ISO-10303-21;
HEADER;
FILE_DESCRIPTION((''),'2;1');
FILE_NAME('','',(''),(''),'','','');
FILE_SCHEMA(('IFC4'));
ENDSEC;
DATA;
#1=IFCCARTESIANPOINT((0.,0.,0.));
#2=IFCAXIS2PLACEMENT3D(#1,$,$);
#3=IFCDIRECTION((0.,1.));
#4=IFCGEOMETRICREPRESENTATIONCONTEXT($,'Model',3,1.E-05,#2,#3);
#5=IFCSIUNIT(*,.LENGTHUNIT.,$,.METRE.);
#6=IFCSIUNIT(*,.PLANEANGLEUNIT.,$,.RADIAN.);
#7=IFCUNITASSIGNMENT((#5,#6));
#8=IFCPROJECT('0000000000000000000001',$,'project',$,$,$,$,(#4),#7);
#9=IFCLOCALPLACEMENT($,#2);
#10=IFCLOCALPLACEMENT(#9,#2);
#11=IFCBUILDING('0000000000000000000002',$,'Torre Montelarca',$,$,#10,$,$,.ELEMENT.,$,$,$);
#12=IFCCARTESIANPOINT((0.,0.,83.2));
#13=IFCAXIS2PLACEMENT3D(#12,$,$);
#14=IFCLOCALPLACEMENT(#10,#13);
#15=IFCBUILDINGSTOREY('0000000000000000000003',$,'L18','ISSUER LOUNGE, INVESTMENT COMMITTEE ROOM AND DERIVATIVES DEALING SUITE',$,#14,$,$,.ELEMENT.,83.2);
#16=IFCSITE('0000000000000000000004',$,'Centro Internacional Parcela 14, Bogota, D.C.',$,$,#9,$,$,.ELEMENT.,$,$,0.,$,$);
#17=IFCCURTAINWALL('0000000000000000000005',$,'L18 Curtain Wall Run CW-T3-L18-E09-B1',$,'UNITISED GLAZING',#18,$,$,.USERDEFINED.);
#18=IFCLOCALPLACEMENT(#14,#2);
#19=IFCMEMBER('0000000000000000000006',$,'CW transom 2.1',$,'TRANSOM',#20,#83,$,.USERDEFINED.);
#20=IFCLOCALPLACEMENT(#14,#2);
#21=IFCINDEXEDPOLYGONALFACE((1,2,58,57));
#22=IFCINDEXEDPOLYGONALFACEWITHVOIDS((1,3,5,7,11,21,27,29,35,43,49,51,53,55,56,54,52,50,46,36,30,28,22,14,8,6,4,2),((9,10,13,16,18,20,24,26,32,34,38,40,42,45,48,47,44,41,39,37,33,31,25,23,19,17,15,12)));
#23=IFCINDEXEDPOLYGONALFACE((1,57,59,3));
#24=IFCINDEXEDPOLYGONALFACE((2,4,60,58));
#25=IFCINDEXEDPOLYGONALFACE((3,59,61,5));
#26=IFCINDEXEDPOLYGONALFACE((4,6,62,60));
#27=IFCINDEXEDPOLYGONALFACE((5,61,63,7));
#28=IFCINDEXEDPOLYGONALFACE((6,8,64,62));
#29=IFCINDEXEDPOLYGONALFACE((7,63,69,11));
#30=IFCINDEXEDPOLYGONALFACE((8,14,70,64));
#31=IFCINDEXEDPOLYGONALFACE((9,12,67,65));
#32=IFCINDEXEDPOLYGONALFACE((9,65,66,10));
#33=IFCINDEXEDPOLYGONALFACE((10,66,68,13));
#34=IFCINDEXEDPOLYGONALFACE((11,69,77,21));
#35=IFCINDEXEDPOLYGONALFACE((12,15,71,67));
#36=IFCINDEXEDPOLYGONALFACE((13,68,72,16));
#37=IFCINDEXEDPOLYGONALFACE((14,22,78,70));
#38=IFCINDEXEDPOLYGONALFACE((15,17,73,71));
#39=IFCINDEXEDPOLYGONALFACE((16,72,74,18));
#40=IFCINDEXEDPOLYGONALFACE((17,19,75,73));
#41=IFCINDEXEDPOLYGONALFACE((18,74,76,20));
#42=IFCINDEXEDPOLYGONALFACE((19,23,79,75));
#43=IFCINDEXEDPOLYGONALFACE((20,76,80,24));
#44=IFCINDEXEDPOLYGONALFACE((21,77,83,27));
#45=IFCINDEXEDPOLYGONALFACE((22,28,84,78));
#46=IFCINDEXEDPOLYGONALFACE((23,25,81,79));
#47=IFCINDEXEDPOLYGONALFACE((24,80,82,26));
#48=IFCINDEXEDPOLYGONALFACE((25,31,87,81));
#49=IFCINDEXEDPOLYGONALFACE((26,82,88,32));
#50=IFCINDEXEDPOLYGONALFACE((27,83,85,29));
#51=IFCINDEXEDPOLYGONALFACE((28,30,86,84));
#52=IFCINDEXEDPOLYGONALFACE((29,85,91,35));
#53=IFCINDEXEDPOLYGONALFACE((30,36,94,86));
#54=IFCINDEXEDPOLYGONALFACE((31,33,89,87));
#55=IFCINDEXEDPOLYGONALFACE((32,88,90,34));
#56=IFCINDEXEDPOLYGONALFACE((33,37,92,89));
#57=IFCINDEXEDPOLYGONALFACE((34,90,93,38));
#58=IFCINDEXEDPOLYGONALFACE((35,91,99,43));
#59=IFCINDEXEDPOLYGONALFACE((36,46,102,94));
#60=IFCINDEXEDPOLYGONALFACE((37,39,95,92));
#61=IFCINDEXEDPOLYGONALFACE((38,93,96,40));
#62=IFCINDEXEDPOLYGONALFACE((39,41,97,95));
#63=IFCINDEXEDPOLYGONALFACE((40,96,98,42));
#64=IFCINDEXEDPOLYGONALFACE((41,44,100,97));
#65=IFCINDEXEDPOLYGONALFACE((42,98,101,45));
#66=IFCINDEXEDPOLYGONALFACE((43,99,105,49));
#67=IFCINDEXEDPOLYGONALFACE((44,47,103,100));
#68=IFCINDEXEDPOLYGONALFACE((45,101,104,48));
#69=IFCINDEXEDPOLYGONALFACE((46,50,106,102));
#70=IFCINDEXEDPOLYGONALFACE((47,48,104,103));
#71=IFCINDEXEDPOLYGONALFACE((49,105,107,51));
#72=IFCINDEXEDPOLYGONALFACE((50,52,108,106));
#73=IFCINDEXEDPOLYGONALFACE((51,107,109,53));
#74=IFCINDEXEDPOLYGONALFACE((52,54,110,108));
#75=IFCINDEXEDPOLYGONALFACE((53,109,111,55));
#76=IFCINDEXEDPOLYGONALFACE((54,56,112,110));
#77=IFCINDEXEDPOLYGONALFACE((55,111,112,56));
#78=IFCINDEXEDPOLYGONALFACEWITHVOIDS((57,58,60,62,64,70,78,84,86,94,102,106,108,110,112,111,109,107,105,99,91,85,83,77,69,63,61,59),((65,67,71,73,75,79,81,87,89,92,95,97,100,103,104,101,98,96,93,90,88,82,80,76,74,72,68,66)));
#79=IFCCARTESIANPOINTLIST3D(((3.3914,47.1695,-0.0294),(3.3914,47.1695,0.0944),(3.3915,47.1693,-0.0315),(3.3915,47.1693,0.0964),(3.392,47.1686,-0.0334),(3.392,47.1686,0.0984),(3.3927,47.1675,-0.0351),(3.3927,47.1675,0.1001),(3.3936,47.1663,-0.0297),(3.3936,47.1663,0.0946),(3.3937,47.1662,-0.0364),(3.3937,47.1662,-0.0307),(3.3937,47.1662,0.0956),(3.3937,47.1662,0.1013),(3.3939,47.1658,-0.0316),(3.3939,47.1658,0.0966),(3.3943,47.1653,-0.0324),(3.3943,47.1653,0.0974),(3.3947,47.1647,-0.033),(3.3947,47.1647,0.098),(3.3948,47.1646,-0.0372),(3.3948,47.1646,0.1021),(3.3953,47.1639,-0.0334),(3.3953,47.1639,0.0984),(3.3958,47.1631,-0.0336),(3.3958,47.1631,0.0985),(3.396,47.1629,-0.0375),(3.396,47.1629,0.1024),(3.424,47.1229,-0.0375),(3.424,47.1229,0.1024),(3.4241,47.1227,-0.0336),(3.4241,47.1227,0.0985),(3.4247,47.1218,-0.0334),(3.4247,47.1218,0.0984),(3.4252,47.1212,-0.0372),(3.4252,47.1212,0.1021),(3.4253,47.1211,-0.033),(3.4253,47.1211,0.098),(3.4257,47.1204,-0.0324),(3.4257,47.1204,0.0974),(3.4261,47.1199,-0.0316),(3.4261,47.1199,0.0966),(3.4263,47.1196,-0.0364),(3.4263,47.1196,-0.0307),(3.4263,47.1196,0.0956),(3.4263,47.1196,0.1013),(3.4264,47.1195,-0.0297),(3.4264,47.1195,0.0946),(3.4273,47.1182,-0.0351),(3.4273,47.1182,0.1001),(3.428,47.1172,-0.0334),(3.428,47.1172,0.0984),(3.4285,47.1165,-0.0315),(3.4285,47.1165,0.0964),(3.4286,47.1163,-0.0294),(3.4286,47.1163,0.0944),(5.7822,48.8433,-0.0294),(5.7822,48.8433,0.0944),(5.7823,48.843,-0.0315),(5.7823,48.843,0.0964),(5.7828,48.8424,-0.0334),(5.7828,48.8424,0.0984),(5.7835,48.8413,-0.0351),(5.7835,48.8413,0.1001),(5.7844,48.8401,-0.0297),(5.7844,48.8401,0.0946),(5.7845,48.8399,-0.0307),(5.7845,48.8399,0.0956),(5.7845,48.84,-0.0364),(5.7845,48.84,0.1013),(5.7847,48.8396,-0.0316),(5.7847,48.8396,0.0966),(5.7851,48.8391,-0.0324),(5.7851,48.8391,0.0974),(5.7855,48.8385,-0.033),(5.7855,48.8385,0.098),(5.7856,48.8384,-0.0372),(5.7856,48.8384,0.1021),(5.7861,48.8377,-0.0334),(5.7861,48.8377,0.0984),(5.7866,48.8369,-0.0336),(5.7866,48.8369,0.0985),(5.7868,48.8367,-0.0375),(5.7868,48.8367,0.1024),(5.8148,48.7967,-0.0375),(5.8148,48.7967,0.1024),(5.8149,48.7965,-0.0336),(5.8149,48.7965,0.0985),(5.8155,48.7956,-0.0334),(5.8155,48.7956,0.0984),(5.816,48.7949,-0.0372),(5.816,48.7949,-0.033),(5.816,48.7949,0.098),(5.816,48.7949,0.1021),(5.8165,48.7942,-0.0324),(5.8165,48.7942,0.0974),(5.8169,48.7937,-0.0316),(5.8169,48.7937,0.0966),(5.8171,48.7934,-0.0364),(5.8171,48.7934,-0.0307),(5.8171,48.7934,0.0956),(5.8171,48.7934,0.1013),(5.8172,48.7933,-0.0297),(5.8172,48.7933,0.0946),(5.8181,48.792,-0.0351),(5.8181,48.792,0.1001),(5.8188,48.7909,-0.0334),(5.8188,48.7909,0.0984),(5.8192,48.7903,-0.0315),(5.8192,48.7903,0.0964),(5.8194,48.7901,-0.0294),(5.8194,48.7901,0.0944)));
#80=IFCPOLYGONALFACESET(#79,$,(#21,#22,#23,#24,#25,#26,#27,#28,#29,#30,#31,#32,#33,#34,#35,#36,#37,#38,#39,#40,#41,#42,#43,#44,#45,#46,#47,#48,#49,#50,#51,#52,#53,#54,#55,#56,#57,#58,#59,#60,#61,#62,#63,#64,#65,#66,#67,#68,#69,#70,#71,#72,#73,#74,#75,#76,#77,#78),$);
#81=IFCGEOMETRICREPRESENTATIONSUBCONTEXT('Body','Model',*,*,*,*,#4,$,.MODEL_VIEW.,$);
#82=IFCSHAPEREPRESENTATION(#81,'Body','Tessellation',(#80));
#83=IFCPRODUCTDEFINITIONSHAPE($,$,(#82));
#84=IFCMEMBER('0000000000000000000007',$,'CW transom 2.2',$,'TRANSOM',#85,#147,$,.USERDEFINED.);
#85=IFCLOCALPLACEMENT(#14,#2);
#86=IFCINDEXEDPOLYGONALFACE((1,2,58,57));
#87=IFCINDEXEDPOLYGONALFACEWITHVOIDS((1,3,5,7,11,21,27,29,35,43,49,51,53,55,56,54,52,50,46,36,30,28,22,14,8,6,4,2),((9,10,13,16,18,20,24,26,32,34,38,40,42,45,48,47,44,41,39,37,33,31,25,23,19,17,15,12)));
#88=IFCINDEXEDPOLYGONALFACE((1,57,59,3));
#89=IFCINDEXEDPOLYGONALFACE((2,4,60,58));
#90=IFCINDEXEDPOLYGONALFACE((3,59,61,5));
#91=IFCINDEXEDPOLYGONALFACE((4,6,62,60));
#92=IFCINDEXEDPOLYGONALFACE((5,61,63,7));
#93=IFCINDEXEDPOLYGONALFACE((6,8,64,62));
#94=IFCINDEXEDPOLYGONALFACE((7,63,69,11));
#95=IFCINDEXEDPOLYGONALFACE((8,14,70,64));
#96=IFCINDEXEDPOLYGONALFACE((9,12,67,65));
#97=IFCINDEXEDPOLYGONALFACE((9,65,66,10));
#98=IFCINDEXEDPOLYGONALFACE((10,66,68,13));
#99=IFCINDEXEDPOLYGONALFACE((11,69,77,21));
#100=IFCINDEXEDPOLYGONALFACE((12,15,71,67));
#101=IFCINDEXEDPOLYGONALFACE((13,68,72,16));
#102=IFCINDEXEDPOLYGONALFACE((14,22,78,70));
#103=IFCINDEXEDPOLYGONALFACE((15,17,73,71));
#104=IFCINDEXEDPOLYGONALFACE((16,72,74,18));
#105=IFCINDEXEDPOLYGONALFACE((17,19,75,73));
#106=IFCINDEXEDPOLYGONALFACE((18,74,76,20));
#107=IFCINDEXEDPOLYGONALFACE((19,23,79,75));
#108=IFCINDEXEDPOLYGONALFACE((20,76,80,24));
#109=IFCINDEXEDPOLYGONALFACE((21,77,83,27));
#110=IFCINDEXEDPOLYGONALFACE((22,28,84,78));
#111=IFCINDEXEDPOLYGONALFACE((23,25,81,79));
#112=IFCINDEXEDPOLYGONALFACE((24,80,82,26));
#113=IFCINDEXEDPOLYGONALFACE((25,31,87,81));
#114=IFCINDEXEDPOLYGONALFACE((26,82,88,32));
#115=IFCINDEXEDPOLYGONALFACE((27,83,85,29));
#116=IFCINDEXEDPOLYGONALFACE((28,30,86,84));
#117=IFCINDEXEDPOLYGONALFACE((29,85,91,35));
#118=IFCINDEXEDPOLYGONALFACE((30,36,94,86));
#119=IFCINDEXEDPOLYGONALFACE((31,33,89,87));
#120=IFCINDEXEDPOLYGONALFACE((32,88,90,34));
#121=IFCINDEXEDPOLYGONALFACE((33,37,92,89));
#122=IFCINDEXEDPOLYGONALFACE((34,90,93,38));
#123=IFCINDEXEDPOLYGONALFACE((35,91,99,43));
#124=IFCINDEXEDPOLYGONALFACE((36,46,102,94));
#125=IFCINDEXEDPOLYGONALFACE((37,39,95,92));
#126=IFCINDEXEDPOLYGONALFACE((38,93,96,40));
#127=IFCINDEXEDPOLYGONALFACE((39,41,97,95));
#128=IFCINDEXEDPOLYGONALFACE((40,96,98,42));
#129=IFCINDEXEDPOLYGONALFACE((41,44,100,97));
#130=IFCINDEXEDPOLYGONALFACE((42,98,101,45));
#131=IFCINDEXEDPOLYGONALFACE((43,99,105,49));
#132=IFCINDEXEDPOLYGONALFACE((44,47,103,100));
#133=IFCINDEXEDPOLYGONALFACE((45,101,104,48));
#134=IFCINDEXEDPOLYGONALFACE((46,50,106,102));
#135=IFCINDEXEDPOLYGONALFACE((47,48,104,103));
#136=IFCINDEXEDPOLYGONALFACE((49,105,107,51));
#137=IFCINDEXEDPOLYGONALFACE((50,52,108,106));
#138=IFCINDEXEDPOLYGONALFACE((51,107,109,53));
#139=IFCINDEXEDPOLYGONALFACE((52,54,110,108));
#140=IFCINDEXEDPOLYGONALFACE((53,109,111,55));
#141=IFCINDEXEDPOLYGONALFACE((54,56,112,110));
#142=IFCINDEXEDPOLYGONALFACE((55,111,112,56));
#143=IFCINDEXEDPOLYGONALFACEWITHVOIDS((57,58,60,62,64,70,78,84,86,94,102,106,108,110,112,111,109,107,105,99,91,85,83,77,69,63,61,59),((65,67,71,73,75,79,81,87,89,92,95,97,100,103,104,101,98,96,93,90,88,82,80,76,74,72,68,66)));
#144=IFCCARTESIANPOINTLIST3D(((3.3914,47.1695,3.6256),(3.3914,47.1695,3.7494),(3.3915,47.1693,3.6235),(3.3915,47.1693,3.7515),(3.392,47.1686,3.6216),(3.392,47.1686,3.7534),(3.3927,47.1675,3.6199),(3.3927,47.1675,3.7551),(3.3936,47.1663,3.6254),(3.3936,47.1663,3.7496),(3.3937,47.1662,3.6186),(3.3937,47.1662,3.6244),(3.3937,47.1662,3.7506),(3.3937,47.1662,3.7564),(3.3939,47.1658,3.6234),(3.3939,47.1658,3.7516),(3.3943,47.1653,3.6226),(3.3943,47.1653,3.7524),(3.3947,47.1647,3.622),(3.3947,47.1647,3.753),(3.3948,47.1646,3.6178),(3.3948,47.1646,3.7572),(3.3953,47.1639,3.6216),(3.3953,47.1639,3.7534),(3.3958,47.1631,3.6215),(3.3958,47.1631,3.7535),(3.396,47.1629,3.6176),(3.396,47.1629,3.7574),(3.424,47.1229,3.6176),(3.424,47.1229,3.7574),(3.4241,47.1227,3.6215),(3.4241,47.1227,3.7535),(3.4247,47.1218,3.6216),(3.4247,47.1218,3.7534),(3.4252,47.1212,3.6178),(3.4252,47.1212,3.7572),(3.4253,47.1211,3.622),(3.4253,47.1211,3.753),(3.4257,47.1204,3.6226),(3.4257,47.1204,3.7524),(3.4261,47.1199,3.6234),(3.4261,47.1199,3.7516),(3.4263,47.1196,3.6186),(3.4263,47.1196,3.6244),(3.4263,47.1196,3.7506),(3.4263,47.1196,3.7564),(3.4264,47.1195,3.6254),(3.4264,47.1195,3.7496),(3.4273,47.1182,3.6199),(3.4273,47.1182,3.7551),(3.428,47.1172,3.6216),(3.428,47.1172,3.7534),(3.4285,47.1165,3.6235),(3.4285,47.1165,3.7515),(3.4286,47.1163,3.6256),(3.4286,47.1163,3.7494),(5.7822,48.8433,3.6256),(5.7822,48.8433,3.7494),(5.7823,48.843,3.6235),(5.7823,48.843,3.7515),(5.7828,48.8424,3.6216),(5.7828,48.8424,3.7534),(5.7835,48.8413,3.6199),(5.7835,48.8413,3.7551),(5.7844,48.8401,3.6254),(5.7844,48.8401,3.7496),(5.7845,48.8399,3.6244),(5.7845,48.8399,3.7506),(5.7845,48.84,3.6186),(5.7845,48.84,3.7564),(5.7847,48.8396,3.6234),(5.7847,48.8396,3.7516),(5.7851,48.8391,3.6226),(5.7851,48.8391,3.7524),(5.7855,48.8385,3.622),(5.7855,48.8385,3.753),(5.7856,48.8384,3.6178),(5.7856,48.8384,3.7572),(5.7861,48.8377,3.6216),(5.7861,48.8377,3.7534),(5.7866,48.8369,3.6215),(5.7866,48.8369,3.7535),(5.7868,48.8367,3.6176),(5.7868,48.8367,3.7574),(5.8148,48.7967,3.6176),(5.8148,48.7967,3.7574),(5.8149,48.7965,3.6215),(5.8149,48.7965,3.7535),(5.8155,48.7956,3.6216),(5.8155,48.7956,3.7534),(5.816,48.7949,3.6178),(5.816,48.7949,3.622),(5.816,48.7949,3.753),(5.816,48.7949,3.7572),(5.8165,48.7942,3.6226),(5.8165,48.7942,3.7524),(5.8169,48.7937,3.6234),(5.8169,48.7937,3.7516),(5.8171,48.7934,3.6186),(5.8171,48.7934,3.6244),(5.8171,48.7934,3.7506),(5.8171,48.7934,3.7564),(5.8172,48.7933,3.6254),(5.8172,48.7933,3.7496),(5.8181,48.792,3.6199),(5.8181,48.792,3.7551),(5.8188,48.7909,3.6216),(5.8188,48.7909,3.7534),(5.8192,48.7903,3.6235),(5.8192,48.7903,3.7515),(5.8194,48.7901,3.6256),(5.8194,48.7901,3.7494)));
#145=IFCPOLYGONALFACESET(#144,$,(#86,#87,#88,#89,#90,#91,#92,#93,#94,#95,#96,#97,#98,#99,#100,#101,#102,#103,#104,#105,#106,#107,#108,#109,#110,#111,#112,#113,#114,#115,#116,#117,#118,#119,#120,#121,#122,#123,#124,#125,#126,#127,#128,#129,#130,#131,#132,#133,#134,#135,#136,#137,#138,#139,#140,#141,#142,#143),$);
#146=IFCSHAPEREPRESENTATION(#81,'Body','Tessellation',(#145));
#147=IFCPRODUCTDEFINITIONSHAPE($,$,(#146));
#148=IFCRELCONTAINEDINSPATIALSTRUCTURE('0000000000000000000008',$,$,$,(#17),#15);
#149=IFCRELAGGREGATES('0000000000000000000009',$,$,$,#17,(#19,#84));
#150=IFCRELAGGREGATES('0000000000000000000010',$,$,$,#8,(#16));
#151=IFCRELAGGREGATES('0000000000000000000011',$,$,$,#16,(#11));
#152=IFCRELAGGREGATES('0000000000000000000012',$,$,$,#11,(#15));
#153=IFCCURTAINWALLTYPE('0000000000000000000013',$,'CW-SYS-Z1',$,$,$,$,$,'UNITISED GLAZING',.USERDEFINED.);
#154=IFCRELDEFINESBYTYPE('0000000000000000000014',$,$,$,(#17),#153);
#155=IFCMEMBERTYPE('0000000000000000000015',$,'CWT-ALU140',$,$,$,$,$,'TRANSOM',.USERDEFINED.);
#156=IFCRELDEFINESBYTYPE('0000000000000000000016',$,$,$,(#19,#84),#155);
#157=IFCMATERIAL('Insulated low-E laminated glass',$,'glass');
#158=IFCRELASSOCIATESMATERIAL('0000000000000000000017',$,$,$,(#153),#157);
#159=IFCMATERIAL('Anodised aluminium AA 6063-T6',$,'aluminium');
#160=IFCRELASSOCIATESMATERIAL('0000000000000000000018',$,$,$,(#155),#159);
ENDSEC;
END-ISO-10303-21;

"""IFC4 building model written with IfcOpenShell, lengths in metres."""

from ifc_helpers import new_model, si_unit, direction, frame, origin, origin_2d, place, context, subcontext, project, spatial, hollow_rectangle, extrude, source, transform, mapped, material, material_profile, profile_set, type_object, element, aggregate, save


model = new_model("IFC4")

# Units and contexts
model_context = context("Model", 3, precision=1e-05, world=origin(), true_north=direction((0.0, 1.0)))
body_context = subcontext(model_context, "Body", "Model", "MODEL_VIEW")
ifc_project = project(units=[si_unit("LENGTHUNIT", "METRE"), si_unit("PLANEANGLEUNIT", "RADIAN")], contexts=[model_context])

# Site, building, storey
site_placement = place(None, origin())
site = spatial("IfcSite", under=ifc_project, at=site_placement, Name="Centro Internacional Parcela 14, Bogota, D.C.", CompositionType="ELEMENT", RefElevation=0.0)
building_placement = place(site_placement, origin())
building = spatial("IfcBuilding", under=site, at=building_placement, Name="Torre Montelarca", CompositionType="ELEMENT")
storey_placement = place(building_placement, frame((0.0, 0.0, 83.2)))
storey = spatial("IfcBuildingStorey", under=building, at=storey_placement, Name="L18", Description="ISSUER LOUNGE, INVESTMENT COMMITTEE ROOM AND DERIVATIVES DEALING SUITE", CompositionType="ELEMENT", Elevation=83.2)

# Curtain wall, members
ifc_material_1 = material(Name="Insulated low-E laminated glass", Category="glass")
curtain_wall_type = type_object("IfcCurtainWallType", Name="CW-SYS-Z1", ElementType="UNITISED GLAZING", PredefinedType="USERDEFINED", material=ifc_material_1)
curtain_wall_1_placement = place(storey_placement, origin())
curtain_wall_1 = element("IfcCurtainWall", 1, at=curtain_wall_1_placement, inside=storey, type_object=curtain_wall_type, Name="L18 Curtain Wall Run CW-T3-L18-E09-B1", ObjectType="UNITISED GLAZING", PredefinedType="USERDEFINED")
ifc_material_2 = material(Name="Anodised aluminium AA 6063-T6", Category="aluminium")
ifc_material_profile_1 = material_profile(ifc_material_2, hollow_rectangle(XDim=0.0649, YDim=0.1399, WallThickness=0.0039, InnerFilletRadius=0.0039, OuterFilletRadius=0.0081, at=origin_2d()), Name="ALU65X140X4", Category="aluminium")
ifc_profile_set_1 = profile_set([ifc_material_profile_1], Name="Anodised aluminium AA 6063-T6")
member_type_1 = type_object("IfcMemberType", Name="CWT-ALU140", ElementType="TRANSOM", PredefinedType="USERDEFINED", material=ifc_profile_set_1)
shared_shape_1 = source(origin(), body_context, "Body", "SweptSolid", [
    extrude(hollow_rectangle(XDim=0.0649, YDim=0.1399, WallThickness=0.0039, InnerFilletRadius=0.0039, OuterFilletRadius=0.0081, at=origin_2d()), origin(), (0.0, 0.0, 1.0), 2.9185),
])
member_1_placement = place(storey_placement, frame((5.8008, 48.8167, 0.0325), z_axis=(-0.819197, -0.573513, 0.0), x_axis=(0.573513, -0.819197, 0.0)))
member_1 = element("IfcMember", 2, at=member_1_placement, type_object=member_type_1, Name="CW transom 2.1", ObjectType="TRANSOM", PredefinedType="USERDEFINED", context=body_context, shape_type="MappedRepresentation", body=[
    mapped(shared_shape_1, transform((0.0, 0.0, 0.0), scale=1.0)),
])
member_2_placement = place(storey_placement, frame((5.8008, 48.8167, 3.6875), z_axis=(-0.819197, -0.573513, 0.0), x_axis=(0.573513, -0.819197, 0.0)))
member_2 = element("IfcMember", 3, at=member_2_placement, type_object=member_type_1, Name="CW transom 2.2", ObjectType="TRANSOM", PredefinedType="USERDEFINED", context=body_context, shape_type="MappedRepresentation", body=[
    mapped(shared_shape_1, transform((0.0, 0.0, 0.0), scale=1.0)),
])

aggregate(curtain_wall_1, [member_1, member_2])

save(model, "model.ifc")
